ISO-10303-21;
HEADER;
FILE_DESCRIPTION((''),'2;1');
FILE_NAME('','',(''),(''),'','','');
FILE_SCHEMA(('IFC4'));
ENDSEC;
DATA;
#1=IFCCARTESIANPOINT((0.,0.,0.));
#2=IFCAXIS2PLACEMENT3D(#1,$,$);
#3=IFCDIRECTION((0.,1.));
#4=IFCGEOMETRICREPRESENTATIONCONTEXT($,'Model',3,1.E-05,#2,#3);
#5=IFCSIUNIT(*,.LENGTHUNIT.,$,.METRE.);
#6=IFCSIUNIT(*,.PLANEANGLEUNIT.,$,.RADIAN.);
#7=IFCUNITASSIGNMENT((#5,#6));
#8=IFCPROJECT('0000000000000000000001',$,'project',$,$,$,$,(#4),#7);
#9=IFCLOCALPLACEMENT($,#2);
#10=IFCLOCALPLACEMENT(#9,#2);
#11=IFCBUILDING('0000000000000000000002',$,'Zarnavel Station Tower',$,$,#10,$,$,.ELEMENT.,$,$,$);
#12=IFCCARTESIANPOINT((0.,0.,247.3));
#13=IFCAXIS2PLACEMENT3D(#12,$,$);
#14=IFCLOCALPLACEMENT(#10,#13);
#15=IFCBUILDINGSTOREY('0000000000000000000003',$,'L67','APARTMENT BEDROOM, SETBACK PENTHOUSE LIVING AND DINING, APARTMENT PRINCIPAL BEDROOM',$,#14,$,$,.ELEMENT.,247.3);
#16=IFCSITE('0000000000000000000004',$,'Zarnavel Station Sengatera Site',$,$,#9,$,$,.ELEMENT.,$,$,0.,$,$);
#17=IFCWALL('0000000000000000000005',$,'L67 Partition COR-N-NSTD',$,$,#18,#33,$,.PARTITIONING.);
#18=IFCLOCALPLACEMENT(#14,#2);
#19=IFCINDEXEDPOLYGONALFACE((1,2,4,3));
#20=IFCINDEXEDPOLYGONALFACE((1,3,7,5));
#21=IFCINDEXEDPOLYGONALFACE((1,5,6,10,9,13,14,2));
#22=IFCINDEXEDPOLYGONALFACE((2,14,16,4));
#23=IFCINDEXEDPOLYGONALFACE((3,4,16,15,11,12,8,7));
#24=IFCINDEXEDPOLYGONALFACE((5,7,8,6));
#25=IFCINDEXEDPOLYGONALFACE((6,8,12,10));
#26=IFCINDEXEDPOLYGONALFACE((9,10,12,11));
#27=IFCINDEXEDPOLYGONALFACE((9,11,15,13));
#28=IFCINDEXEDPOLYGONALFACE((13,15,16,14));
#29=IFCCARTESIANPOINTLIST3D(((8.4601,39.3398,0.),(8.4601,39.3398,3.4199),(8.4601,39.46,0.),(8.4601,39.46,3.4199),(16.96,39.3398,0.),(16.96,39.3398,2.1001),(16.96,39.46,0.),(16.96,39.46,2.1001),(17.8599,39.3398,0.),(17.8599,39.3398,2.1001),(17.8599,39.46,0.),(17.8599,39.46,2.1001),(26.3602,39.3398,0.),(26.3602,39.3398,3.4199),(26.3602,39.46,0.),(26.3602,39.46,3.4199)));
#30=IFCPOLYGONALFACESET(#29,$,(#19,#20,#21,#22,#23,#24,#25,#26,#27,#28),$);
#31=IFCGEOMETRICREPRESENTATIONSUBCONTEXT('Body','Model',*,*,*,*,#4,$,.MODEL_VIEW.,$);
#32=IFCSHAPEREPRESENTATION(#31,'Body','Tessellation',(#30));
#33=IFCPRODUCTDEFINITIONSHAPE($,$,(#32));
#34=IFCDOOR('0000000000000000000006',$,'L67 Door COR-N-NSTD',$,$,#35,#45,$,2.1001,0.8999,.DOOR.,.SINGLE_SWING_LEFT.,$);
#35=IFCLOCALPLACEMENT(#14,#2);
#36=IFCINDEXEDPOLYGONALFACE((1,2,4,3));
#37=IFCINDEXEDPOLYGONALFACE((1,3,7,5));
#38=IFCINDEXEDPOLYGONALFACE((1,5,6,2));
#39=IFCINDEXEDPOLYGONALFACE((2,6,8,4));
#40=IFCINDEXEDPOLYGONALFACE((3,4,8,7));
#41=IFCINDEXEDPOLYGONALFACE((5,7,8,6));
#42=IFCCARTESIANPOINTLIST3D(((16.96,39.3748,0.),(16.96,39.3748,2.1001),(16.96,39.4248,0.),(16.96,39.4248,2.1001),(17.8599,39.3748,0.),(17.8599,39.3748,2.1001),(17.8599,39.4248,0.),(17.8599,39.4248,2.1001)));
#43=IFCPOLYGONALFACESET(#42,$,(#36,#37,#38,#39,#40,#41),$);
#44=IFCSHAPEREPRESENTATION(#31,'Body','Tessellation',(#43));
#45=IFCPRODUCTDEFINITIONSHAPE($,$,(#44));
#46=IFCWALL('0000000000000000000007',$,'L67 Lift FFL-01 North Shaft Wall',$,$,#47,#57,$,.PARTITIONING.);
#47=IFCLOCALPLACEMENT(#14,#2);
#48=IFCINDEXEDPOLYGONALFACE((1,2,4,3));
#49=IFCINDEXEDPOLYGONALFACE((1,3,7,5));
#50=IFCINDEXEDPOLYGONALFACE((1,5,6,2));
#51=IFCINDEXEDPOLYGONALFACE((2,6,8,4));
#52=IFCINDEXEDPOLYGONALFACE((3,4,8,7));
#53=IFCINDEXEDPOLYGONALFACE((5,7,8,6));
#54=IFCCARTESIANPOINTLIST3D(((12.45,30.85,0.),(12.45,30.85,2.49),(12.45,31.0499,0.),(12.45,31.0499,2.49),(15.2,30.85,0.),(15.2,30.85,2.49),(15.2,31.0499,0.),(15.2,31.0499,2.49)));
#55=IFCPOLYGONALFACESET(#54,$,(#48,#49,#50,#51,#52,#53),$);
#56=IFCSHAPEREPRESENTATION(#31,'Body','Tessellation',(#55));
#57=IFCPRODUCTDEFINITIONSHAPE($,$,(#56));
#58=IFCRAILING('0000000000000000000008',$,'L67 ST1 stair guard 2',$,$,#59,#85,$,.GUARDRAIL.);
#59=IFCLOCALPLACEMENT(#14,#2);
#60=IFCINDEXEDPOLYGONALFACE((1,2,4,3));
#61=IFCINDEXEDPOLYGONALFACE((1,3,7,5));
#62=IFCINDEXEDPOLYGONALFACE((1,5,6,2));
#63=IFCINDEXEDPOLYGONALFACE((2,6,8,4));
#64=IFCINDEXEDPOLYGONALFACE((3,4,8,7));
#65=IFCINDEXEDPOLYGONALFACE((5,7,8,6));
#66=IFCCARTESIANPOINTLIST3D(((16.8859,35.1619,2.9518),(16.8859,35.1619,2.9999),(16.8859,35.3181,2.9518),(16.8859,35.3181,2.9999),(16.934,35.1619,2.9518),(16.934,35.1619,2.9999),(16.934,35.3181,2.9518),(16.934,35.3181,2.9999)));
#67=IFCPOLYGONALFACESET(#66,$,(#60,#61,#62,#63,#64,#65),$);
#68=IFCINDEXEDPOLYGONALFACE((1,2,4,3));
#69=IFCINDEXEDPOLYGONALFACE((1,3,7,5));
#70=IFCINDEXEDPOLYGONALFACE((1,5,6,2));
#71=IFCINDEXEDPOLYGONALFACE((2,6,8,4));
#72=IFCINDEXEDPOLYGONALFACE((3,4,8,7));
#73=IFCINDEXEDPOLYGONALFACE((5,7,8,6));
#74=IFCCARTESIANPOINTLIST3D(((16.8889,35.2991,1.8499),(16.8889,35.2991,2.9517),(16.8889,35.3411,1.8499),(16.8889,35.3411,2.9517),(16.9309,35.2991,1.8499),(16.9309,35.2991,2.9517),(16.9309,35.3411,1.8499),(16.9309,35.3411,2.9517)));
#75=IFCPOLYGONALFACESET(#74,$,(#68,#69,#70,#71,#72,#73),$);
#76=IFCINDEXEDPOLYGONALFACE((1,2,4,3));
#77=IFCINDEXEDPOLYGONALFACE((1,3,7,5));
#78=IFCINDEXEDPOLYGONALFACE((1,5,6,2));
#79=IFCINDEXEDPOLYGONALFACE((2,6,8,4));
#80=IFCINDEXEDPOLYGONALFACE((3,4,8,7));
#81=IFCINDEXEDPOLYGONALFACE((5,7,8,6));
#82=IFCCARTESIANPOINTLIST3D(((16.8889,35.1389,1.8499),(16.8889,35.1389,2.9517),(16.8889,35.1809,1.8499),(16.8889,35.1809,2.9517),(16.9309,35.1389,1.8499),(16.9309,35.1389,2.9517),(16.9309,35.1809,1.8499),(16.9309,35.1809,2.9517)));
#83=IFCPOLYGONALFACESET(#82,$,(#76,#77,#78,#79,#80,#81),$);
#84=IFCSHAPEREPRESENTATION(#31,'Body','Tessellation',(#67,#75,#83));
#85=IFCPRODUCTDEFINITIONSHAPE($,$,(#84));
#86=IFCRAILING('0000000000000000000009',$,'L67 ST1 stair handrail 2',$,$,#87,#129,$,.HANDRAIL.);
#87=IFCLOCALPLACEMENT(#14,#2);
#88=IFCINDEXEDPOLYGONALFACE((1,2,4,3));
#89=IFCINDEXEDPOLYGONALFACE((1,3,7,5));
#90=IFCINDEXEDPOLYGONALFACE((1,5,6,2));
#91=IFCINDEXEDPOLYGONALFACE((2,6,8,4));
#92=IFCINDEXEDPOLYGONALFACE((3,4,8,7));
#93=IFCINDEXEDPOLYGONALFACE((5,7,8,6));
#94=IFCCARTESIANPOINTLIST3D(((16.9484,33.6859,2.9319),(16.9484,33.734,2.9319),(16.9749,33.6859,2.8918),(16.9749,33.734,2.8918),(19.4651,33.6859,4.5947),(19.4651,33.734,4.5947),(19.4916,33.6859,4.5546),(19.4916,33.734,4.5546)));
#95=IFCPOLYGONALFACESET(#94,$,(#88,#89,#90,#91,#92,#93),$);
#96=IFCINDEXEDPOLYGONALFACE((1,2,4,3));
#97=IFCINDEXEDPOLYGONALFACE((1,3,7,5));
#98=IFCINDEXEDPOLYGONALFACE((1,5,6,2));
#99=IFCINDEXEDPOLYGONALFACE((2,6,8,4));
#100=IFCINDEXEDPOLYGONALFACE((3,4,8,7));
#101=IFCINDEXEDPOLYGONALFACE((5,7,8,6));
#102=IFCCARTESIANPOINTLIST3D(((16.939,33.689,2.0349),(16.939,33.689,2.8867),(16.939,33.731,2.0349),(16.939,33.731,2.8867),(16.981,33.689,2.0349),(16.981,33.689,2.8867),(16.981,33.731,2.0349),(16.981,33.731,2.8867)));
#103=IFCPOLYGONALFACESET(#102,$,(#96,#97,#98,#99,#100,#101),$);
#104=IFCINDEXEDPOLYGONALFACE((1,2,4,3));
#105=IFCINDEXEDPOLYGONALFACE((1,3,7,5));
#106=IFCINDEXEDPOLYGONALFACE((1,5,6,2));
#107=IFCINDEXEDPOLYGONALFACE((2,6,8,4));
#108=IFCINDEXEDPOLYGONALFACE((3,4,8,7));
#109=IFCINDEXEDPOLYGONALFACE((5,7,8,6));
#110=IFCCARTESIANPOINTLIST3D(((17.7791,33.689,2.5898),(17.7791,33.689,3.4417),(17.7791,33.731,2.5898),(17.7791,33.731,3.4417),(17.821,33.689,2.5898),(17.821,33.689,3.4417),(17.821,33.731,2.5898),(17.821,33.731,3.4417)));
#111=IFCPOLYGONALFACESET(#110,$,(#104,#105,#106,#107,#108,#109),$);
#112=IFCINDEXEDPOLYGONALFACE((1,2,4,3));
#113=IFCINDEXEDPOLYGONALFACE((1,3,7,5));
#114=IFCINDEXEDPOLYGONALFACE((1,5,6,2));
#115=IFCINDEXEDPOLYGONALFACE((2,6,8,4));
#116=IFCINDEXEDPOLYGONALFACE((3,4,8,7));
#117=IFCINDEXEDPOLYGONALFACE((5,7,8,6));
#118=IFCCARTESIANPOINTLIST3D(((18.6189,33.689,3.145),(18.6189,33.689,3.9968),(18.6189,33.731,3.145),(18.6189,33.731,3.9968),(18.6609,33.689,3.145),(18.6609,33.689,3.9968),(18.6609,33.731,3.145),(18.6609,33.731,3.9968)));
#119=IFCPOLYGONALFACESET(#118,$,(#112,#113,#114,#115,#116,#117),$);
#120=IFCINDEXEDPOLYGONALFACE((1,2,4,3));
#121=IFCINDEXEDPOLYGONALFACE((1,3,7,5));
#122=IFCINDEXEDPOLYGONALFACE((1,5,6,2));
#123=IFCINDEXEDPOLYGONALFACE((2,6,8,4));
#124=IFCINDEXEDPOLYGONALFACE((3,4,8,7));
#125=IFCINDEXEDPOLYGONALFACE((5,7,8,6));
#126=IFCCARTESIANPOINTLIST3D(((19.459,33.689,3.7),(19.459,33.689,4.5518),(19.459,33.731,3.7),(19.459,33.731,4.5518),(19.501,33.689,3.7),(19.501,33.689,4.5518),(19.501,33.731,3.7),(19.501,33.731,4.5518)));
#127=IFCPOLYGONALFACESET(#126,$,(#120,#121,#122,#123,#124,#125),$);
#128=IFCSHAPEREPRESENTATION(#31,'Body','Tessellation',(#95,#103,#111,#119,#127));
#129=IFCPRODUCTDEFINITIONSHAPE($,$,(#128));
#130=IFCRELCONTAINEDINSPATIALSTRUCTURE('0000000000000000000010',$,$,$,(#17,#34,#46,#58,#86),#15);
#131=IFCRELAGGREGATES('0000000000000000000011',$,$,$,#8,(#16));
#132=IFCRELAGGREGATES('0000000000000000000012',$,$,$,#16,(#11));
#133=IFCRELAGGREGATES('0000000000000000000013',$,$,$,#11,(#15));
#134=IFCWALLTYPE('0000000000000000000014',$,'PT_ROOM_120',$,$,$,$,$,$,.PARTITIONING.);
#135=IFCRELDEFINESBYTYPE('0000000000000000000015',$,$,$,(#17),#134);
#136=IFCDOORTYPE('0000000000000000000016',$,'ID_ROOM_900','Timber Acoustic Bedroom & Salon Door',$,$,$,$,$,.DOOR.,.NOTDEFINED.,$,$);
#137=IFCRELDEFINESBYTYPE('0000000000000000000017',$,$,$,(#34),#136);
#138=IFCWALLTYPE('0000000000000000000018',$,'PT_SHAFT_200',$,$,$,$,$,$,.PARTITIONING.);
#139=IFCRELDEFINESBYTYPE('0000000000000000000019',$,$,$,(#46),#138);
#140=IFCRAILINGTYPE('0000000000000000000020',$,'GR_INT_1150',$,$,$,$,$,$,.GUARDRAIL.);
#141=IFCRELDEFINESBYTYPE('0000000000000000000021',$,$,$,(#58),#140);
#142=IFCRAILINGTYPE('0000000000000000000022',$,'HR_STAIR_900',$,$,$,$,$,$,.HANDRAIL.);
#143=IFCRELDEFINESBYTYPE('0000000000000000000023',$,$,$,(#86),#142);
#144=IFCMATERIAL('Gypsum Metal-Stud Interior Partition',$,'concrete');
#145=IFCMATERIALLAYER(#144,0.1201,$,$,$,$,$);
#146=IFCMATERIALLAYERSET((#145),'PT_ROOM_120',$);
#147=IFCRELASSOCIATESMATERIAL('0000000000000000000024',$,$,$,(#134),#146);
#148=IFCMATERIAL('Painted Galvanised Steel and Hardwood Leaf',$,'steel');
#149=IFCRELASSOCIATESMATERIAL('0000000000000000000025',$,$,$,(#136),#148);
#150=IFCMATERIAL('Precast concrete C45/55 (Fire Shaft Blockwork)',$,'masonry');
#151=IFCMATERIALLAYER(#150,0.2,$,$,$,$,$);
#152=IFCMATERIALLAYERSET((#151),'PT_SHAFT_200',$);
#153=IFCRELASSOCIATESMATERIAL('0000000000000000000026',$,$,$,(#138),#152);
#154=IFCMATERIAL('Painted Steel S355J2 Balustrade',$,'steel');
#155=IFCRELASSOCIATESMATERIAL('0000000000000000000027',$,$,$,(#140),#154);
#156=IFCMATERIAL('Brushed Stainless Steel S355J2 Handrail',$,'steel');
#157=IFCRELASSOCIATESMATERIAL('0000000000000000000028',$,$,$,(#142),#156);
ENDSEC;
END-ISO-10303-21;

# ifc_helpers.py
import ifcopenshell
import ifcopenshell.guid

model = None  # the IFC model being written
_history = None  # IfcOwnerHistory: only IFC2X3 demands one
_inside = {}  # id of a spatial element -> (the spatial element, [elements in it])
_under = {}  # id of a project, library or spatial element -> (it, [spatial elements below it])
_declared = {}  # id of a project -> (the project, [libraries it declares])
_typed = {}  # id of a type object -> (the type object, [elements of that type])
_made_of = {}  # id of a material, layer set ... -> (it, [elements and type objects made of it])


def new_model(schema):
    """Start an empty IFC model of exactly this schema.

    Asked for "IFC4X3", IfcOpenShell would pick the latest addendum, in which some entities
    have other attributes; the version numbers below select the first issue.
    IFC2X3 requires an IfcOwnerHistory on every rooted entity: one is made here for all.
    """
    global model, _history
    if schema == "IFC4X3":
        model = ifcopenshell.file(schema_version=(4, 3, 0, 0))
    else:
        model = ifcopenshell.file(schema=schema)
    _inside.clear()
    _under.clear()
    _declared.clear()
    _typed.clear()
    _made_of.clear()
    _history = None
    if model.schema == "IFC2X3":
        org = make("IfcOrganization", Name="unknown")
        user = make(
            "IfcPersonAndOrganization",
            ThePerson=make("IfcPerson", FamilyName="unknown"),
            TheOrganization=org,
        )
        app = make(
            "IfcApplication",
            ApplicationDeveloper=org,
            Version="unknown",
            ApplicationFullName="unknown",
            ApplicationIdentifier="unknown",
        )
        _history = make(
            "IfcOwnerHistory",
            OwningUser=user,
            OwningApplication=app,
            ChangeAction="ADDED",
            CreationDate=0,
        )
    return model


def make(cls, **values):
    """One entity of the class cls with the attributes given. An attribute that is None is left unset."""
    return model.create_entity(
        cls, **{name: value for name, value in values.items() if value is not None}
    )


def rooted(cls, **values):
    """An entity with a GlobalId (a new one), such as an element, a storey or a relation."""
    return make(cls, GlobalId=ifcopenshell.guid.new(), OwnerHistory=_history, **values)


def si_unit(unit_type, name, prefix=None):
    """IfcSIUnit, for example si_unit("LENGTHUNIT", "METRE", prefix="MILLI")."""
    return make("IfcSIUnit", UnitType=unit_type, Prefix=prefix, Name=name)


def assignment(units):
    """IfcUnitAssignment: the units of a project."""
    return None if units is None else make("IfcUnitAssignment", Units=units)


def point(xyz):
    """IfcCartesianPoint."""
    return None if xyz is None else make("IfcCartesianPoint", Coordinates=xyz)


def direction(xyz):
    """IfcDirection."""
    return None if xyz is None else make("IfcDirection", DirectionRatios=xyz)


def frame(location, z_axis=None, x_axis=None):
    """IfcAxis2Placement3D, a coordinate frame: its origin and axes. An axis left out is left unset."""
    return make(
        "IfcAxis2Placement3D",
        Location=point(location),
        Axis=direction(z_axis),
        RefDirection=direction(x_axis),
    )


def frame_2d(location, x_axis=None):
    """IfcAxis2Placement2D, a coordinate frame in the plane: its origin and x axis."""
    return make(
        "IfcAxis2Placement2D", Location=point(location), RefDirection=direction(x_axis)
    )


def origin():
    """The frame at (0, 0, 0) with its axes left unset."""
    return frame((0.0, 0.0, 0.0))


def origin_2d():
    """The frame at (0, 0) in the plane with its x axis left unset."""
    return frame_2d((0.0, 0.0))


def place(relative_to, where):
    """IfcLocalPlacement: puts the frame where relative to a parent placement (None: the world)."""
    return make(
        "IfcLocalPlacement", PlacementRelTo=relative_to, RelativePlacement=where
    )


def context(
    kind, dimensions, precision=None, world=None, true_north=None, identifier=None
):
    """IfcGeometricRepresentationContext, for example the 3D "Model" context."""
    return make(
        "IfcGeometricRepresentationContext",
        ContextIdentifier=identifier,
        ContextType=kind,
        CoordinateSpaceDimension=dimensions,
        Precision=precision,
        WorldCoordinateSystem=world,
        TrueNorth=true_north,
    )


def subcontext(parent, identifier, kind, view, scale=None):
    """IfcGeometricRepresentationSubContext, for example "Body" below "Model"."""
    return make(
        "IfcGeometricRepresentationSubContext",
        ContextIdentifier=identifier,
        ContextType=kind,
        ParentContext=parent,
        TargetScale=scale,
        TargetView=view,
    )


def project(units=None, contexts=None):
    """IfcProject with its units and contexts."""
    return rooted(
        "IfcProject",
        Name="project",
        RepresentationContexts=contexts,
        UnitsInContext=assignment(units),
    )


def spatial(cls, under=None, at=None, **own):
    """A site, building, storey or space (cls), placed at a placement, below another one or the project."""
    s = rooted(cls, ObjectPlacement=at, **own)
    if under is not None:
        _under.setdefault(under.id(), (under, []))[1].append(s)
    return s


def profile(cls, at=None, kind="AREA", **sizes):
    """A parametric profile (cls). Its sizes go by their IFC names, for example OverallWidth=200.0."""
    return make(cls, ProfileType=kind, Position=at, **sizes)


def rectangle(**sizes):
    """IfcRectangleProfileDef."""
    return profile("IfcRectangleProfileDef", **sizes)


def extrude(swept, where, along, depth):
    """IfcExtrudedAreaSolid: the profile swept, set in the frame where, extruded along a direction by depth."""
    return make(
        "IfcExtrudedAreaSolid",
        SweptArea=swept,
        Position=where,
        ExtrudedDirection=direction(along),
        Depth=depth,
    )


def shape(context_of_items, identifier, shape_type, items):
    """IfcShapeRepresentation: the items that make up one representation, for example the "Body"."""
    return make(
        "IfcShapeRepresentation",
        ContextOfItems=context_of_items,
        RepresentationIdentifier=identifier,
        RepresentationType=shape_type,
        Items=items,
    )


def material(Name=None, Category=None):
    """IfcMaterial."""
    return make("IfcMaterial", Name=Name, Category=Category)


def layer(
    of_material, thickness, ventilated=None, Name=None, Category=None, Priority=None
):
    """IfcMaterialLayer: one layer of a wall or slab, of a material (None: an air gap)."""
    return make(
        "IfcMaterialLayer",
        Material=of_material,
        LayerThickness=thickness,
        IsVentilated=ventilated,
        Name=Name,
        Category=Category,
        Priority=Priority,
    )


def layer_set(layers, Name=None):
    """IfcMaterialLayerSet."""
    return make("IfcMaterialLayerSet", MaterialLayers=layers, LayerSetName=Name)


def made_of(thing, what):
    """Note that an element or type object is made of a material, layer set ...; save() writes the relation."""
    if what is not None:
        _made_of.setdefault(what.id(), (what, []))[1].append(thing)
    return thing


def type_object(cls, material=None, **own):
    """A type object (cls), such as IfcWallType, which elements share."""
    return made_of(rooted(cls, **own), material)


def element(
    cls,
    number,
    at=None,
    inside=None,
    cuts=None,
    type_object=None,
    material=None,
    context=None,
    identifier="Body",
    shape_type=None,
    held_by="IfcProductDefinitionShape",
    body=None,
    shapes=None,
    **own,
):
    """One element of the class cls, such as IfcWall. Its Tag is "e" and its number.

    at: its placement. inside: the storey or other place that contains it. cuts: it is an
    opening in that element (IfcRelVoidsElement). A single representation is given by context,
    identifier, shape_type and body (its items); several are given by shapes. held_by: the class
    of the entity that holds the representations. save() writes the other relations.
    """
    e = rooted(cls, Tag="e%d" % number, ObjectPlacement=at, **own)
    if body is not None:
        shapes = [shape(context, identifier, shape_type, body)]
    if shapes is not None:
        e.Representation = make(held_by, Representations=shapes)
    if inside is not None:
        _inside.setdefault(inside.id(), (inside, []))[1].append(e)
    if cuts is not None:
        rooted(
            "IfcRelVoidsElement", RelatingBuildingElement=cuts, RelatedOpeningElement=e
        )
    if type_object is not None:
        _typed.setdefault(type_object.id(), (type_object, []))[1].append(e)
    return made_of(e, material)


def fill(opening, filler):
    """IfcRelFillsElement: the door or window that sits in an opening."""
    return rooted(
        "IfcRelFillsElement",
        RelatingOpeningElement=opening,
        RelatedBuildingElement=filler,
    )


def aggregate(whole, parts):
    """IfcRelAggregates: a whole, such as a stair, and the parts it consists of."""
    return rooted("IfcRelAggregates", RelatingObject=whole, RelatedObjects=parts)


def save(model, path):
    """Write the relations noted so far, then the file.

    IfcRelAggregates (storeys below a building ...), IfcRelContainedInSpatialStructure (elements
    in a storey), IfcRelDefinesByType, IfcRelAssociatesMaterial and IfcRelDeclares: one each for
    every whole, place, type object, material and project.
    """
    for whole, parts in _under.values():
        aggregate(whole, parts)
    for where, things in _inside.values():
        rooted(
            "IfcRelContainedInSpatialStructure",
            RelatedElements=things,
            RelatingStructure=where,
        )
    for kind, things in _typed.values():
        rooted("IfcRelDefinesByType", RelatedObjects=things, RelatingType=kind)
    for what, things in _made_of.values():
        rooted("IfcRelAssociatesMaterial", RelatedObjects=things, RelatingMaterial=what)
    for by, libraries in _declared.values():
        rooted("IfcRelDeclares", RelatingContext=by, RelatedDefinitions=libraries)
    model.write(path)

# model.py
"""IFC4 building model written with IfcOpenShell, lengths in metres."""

from ifc_helpers import new_model, si_unit, direction, frame, frame_2d, origin, origin_2d, place, context, subcontext, project, spatial, rectangle, extrude, material, layer, layer_set, type_object, element, fill, save


model = new_model("IFC4")

# Units and contexts
model_context = context("Model", 3, precision=1e-05, world=origin(), true_north=direction((0.0, 1.0)))
body_context = subcontext(model_context, "Body", "Model", "MODEL_VIEW")
ifc_project = project(units=[si_unit("LENGTHUNIT", "METRE"), si_unit("PLANEANGLEUNIT", "RADIAN")], contexts=[model_context])

# Site, building, storey
site_placement = place(None, origin())
site = spatial("IfcSite", under=ifc_project, at=site_placement, Name="Zarnavel Station Sengatera Site", CompositionType="ELEMENT", RefElevation=0.0)
building_placement = place(site_placement, origin())
building = spatial("IfcBuilding", under=site, at=building_placement, Name="Zarnavel Station Tower", CompositionType="ELEMENT")
storey_placement = place(building_placement, frame((0.0, 0.0, 247.3)))
storey = spatial("IfcBuildingStorey", under=building, at=storey_placement, Name="L67", Description="APARTMENT BEDROOM, SETBACK PENTHOUSE LIVING AND DINING, APARTMENT PRINCIPAL BEDROOM", CompositionType="ELEMENT", Elevation=247.3)

# Wall, opening, door
ifc_material_1 = material(Name="Gypsum Metal-Stud Interior Partition", Category="concrete")
ifc_layer_1 = layer(ifc_material_1, 0.1201)
ifc_layer_set_1 = layer_set([ifc_layer_1], Name="PT_ROOM_120")
wall_type_1 = type_object("IfcWallType", Name="PT_ROOM_120", PredefinedType="PARTITIONING", material=ifc_layer_set_1)
wall_1_placement = place(storey_placement, frame((8.46, 39.3999, 0.0), z_axis=(0.0, 0.0, 1.0), x_axis=(1.0, 0.0, 0.0)))
wall_1 = element("IfcWall", 1, at=wall_1_placement, inside=storey, type_object=wall_type_1, Name="L67 Partition COR-N-NSTD", PredefinedType="PARTITIONING", context=body_context, shape_type="SweptSolid", body=[
    extrude(rectangle(XDim=17.9001, YDim=0.1201, at=frame_2d((8.9502, 0.0))), origin(), (0.0, 0.0, 1.0), 3.4199),
])
opening_1_placement = place(wall_1_placement, frame((8.5, 0.0, 0.0)))
opening_1 = element("IfcOpeningElement", 2, at=opening_1_placement, cuts=wall_1, PredefinedType="OPENING", context=body_context, shape_type="SweptSolid", body=[
    extrude(rectangle(XDim=0.8999, YDim=2.1001, at=frame_2d((0.45, 1.05))), frame((0.0, 0.0701, 0.0), z_axis=(0.0, -1.0, 0.0), x_axis=(1.0, 0.0, 0.0)), (0.0, 0.0, 1.0), 0.1401),
])
ifc_material_2 = material(Name="Painted Galvanised Steel and Hardwood Leaf", Category="steel")
door_type_1 = type_object("IfcDoorType", Name="ID_ROOM_900", Description="Timber Acoustic Bedroom & Salon Door", OperationType="NOTDEFINED", PredefinedType="DOOR", material=ifc_material_2)
door_1_placement = place(opening_1_placement, origin())
door_1 = element("IfcDoor", 3, at=door_1_placement, inside=storey, type_object=door_type_1, Name="L67 Door COR-N-NSTD", OperationType="SINGLE_SWING_LEFT", OverallHeight=2.1001, OverallWidth=0.8999, PredefinedType="DOOR", context=body_context, shape_type="SweptSolid", body=[
    extrude(rectangle(XDim=0.8999, YDim=2.1001, at=frame_2d((0.45, 1.05))), frame((0.0, 0.0249, 0.0), z_axis=(0.0, -1.0, 0.0), x_axis=(1.0, 0.0, 0.0)), (0.0, 0.0, 1.0), 0.05),
])
fill(opening_1, door_1)
ifc_material_3 = material(Name="Precast concrete C45/55 (Fire Shaft Blockwork)", Category="masonry")
ifc_layer_2 = layer(ifc_material_3, 0.2)
ifc_layer_set_2 = layer_set([ifc_layer_2], Name="PT_SHAFT_200")
wall_type_2 = type_object("IfcWallType", Name="PT_SHAFT_200", PredefinedType="PARTITIONING", material=ifc_layer_set_2)

# Wall
wall_2_placement = place(storey_placement, frame((12.45, 30.95, 0.0), z_axis=(0.0, 0.0, 1.0), x_axis=(1.0, 0.0, 0.0)))
element("IfcWall", 4, at=wall_2_placement, inside=storey, type_object=wall_type_2, Name="L67 Lift FFL-01 North Shaft Wall", PredefinedType="PARTITIONING", context=body_context, shape_type="SweptSolid", body=[
    extrude(rectangle(XDim=2.75, YDim=0.2, at=frame_2d((1.375, 0.0))), origin(), (0.0, 0.0, 1.0), 2.49),
])

# Railings
ifc_material_4 = material(Name="Painted Steel S355J2 Balustrade", Category="steel")
railing_type_1 = type_object("IfcRailingType", Name="GR_INT_1150", PredefinedType="GUARDRAIL", material=ifc_material_4)
railing_1_placement = place(storey_placement, frame((16.9099, 35.3201, 1.8499)))
element("IfcRailing", 5, at=railing_1_placement, inside=storey, type_object=railing_type_1, Name="L67 ST1 stair guard 2", PredefinedType="GUARDRAIL", context=body_context, shape_type="SweptSolid", body=[
    extrude(rectangle(XDim=0.0481, YDim=0.0481, at=origin_2d()), frame((0.0, -0.002, 1.126), z_axis=(0.0, -1.0, 0.0), x_axis=(1.0, 0.0, 0.0)), (0.0, 0.0, 1.0), 0.1562),
    extrude(rectangle(XDim=0.042, YDim=0.042, at=origin_2d()), origin(), (0.0, 0.0, 1.0), 1.1018),
    extrude(rectangle(XDim=0.042, YDim=0.042, at=origin_2d()), frame((0.0, -0.1602, 0.0)), (0.0, 0.0, 1.0), 1.1018),
])
ifc_material_5 = material(Name="Brushed Stainless Steel S355J2 Handrail", Category="steel")
railing_type_2 = type_object("IfcRailingType", Name="HR_STAIR_900", PredefinedType="HANDRAIL", material=ifc_material_5)
railing_2_placement = place(storey_placement, frame((16.96, 33.71, 2.0349)))
element("IfcRailing", 6, at=railing_2_placement, inside=storey, type_object=railing_type_2, Name="L67 ST1 stair handrail 2", PredefinedType="HANDRAIL", context=body_context, shape_type="SweptSolid", body=[
    extrude(rectangle(XDim=0.0481, YDim=0.0481, at=origin_2d()), frame((0.0017, 0.0, 0.877), z_axis=(0.834331, 0.0, 0.551263), x_axis=(0.0, 1.0, 0.0)), (0.0, 0.0, 1.0), 3.0164),
    extrude(rectangle(XDim=0.042, YDim=0.042, at=origin_2d()), origin(), (0.0, 0.0, 1.0), 0.8518),
    extrude(rectangle(XDim=0.042, YDim=0.042, at=origin_2d()), frame((0.8401, 0.0, 0.5549)), (0.0, 0.0, 1.0), 0.8518),
    extrude(rectangle(XDim=0.042, YDim=0.042, at=origin_2d()), frame((1.6799, 0.0, 1.1101)), (0.0, 0.0, 1.0), 0.8518),
    extrude(rectangle(XDim=0.042, YDim=0.042, at=origin_2d()), frame((2.52, 0.0, 1.665)), (0.0, 0.0, 1.0), 0.8518),
])

save(model, "model.ifc")
